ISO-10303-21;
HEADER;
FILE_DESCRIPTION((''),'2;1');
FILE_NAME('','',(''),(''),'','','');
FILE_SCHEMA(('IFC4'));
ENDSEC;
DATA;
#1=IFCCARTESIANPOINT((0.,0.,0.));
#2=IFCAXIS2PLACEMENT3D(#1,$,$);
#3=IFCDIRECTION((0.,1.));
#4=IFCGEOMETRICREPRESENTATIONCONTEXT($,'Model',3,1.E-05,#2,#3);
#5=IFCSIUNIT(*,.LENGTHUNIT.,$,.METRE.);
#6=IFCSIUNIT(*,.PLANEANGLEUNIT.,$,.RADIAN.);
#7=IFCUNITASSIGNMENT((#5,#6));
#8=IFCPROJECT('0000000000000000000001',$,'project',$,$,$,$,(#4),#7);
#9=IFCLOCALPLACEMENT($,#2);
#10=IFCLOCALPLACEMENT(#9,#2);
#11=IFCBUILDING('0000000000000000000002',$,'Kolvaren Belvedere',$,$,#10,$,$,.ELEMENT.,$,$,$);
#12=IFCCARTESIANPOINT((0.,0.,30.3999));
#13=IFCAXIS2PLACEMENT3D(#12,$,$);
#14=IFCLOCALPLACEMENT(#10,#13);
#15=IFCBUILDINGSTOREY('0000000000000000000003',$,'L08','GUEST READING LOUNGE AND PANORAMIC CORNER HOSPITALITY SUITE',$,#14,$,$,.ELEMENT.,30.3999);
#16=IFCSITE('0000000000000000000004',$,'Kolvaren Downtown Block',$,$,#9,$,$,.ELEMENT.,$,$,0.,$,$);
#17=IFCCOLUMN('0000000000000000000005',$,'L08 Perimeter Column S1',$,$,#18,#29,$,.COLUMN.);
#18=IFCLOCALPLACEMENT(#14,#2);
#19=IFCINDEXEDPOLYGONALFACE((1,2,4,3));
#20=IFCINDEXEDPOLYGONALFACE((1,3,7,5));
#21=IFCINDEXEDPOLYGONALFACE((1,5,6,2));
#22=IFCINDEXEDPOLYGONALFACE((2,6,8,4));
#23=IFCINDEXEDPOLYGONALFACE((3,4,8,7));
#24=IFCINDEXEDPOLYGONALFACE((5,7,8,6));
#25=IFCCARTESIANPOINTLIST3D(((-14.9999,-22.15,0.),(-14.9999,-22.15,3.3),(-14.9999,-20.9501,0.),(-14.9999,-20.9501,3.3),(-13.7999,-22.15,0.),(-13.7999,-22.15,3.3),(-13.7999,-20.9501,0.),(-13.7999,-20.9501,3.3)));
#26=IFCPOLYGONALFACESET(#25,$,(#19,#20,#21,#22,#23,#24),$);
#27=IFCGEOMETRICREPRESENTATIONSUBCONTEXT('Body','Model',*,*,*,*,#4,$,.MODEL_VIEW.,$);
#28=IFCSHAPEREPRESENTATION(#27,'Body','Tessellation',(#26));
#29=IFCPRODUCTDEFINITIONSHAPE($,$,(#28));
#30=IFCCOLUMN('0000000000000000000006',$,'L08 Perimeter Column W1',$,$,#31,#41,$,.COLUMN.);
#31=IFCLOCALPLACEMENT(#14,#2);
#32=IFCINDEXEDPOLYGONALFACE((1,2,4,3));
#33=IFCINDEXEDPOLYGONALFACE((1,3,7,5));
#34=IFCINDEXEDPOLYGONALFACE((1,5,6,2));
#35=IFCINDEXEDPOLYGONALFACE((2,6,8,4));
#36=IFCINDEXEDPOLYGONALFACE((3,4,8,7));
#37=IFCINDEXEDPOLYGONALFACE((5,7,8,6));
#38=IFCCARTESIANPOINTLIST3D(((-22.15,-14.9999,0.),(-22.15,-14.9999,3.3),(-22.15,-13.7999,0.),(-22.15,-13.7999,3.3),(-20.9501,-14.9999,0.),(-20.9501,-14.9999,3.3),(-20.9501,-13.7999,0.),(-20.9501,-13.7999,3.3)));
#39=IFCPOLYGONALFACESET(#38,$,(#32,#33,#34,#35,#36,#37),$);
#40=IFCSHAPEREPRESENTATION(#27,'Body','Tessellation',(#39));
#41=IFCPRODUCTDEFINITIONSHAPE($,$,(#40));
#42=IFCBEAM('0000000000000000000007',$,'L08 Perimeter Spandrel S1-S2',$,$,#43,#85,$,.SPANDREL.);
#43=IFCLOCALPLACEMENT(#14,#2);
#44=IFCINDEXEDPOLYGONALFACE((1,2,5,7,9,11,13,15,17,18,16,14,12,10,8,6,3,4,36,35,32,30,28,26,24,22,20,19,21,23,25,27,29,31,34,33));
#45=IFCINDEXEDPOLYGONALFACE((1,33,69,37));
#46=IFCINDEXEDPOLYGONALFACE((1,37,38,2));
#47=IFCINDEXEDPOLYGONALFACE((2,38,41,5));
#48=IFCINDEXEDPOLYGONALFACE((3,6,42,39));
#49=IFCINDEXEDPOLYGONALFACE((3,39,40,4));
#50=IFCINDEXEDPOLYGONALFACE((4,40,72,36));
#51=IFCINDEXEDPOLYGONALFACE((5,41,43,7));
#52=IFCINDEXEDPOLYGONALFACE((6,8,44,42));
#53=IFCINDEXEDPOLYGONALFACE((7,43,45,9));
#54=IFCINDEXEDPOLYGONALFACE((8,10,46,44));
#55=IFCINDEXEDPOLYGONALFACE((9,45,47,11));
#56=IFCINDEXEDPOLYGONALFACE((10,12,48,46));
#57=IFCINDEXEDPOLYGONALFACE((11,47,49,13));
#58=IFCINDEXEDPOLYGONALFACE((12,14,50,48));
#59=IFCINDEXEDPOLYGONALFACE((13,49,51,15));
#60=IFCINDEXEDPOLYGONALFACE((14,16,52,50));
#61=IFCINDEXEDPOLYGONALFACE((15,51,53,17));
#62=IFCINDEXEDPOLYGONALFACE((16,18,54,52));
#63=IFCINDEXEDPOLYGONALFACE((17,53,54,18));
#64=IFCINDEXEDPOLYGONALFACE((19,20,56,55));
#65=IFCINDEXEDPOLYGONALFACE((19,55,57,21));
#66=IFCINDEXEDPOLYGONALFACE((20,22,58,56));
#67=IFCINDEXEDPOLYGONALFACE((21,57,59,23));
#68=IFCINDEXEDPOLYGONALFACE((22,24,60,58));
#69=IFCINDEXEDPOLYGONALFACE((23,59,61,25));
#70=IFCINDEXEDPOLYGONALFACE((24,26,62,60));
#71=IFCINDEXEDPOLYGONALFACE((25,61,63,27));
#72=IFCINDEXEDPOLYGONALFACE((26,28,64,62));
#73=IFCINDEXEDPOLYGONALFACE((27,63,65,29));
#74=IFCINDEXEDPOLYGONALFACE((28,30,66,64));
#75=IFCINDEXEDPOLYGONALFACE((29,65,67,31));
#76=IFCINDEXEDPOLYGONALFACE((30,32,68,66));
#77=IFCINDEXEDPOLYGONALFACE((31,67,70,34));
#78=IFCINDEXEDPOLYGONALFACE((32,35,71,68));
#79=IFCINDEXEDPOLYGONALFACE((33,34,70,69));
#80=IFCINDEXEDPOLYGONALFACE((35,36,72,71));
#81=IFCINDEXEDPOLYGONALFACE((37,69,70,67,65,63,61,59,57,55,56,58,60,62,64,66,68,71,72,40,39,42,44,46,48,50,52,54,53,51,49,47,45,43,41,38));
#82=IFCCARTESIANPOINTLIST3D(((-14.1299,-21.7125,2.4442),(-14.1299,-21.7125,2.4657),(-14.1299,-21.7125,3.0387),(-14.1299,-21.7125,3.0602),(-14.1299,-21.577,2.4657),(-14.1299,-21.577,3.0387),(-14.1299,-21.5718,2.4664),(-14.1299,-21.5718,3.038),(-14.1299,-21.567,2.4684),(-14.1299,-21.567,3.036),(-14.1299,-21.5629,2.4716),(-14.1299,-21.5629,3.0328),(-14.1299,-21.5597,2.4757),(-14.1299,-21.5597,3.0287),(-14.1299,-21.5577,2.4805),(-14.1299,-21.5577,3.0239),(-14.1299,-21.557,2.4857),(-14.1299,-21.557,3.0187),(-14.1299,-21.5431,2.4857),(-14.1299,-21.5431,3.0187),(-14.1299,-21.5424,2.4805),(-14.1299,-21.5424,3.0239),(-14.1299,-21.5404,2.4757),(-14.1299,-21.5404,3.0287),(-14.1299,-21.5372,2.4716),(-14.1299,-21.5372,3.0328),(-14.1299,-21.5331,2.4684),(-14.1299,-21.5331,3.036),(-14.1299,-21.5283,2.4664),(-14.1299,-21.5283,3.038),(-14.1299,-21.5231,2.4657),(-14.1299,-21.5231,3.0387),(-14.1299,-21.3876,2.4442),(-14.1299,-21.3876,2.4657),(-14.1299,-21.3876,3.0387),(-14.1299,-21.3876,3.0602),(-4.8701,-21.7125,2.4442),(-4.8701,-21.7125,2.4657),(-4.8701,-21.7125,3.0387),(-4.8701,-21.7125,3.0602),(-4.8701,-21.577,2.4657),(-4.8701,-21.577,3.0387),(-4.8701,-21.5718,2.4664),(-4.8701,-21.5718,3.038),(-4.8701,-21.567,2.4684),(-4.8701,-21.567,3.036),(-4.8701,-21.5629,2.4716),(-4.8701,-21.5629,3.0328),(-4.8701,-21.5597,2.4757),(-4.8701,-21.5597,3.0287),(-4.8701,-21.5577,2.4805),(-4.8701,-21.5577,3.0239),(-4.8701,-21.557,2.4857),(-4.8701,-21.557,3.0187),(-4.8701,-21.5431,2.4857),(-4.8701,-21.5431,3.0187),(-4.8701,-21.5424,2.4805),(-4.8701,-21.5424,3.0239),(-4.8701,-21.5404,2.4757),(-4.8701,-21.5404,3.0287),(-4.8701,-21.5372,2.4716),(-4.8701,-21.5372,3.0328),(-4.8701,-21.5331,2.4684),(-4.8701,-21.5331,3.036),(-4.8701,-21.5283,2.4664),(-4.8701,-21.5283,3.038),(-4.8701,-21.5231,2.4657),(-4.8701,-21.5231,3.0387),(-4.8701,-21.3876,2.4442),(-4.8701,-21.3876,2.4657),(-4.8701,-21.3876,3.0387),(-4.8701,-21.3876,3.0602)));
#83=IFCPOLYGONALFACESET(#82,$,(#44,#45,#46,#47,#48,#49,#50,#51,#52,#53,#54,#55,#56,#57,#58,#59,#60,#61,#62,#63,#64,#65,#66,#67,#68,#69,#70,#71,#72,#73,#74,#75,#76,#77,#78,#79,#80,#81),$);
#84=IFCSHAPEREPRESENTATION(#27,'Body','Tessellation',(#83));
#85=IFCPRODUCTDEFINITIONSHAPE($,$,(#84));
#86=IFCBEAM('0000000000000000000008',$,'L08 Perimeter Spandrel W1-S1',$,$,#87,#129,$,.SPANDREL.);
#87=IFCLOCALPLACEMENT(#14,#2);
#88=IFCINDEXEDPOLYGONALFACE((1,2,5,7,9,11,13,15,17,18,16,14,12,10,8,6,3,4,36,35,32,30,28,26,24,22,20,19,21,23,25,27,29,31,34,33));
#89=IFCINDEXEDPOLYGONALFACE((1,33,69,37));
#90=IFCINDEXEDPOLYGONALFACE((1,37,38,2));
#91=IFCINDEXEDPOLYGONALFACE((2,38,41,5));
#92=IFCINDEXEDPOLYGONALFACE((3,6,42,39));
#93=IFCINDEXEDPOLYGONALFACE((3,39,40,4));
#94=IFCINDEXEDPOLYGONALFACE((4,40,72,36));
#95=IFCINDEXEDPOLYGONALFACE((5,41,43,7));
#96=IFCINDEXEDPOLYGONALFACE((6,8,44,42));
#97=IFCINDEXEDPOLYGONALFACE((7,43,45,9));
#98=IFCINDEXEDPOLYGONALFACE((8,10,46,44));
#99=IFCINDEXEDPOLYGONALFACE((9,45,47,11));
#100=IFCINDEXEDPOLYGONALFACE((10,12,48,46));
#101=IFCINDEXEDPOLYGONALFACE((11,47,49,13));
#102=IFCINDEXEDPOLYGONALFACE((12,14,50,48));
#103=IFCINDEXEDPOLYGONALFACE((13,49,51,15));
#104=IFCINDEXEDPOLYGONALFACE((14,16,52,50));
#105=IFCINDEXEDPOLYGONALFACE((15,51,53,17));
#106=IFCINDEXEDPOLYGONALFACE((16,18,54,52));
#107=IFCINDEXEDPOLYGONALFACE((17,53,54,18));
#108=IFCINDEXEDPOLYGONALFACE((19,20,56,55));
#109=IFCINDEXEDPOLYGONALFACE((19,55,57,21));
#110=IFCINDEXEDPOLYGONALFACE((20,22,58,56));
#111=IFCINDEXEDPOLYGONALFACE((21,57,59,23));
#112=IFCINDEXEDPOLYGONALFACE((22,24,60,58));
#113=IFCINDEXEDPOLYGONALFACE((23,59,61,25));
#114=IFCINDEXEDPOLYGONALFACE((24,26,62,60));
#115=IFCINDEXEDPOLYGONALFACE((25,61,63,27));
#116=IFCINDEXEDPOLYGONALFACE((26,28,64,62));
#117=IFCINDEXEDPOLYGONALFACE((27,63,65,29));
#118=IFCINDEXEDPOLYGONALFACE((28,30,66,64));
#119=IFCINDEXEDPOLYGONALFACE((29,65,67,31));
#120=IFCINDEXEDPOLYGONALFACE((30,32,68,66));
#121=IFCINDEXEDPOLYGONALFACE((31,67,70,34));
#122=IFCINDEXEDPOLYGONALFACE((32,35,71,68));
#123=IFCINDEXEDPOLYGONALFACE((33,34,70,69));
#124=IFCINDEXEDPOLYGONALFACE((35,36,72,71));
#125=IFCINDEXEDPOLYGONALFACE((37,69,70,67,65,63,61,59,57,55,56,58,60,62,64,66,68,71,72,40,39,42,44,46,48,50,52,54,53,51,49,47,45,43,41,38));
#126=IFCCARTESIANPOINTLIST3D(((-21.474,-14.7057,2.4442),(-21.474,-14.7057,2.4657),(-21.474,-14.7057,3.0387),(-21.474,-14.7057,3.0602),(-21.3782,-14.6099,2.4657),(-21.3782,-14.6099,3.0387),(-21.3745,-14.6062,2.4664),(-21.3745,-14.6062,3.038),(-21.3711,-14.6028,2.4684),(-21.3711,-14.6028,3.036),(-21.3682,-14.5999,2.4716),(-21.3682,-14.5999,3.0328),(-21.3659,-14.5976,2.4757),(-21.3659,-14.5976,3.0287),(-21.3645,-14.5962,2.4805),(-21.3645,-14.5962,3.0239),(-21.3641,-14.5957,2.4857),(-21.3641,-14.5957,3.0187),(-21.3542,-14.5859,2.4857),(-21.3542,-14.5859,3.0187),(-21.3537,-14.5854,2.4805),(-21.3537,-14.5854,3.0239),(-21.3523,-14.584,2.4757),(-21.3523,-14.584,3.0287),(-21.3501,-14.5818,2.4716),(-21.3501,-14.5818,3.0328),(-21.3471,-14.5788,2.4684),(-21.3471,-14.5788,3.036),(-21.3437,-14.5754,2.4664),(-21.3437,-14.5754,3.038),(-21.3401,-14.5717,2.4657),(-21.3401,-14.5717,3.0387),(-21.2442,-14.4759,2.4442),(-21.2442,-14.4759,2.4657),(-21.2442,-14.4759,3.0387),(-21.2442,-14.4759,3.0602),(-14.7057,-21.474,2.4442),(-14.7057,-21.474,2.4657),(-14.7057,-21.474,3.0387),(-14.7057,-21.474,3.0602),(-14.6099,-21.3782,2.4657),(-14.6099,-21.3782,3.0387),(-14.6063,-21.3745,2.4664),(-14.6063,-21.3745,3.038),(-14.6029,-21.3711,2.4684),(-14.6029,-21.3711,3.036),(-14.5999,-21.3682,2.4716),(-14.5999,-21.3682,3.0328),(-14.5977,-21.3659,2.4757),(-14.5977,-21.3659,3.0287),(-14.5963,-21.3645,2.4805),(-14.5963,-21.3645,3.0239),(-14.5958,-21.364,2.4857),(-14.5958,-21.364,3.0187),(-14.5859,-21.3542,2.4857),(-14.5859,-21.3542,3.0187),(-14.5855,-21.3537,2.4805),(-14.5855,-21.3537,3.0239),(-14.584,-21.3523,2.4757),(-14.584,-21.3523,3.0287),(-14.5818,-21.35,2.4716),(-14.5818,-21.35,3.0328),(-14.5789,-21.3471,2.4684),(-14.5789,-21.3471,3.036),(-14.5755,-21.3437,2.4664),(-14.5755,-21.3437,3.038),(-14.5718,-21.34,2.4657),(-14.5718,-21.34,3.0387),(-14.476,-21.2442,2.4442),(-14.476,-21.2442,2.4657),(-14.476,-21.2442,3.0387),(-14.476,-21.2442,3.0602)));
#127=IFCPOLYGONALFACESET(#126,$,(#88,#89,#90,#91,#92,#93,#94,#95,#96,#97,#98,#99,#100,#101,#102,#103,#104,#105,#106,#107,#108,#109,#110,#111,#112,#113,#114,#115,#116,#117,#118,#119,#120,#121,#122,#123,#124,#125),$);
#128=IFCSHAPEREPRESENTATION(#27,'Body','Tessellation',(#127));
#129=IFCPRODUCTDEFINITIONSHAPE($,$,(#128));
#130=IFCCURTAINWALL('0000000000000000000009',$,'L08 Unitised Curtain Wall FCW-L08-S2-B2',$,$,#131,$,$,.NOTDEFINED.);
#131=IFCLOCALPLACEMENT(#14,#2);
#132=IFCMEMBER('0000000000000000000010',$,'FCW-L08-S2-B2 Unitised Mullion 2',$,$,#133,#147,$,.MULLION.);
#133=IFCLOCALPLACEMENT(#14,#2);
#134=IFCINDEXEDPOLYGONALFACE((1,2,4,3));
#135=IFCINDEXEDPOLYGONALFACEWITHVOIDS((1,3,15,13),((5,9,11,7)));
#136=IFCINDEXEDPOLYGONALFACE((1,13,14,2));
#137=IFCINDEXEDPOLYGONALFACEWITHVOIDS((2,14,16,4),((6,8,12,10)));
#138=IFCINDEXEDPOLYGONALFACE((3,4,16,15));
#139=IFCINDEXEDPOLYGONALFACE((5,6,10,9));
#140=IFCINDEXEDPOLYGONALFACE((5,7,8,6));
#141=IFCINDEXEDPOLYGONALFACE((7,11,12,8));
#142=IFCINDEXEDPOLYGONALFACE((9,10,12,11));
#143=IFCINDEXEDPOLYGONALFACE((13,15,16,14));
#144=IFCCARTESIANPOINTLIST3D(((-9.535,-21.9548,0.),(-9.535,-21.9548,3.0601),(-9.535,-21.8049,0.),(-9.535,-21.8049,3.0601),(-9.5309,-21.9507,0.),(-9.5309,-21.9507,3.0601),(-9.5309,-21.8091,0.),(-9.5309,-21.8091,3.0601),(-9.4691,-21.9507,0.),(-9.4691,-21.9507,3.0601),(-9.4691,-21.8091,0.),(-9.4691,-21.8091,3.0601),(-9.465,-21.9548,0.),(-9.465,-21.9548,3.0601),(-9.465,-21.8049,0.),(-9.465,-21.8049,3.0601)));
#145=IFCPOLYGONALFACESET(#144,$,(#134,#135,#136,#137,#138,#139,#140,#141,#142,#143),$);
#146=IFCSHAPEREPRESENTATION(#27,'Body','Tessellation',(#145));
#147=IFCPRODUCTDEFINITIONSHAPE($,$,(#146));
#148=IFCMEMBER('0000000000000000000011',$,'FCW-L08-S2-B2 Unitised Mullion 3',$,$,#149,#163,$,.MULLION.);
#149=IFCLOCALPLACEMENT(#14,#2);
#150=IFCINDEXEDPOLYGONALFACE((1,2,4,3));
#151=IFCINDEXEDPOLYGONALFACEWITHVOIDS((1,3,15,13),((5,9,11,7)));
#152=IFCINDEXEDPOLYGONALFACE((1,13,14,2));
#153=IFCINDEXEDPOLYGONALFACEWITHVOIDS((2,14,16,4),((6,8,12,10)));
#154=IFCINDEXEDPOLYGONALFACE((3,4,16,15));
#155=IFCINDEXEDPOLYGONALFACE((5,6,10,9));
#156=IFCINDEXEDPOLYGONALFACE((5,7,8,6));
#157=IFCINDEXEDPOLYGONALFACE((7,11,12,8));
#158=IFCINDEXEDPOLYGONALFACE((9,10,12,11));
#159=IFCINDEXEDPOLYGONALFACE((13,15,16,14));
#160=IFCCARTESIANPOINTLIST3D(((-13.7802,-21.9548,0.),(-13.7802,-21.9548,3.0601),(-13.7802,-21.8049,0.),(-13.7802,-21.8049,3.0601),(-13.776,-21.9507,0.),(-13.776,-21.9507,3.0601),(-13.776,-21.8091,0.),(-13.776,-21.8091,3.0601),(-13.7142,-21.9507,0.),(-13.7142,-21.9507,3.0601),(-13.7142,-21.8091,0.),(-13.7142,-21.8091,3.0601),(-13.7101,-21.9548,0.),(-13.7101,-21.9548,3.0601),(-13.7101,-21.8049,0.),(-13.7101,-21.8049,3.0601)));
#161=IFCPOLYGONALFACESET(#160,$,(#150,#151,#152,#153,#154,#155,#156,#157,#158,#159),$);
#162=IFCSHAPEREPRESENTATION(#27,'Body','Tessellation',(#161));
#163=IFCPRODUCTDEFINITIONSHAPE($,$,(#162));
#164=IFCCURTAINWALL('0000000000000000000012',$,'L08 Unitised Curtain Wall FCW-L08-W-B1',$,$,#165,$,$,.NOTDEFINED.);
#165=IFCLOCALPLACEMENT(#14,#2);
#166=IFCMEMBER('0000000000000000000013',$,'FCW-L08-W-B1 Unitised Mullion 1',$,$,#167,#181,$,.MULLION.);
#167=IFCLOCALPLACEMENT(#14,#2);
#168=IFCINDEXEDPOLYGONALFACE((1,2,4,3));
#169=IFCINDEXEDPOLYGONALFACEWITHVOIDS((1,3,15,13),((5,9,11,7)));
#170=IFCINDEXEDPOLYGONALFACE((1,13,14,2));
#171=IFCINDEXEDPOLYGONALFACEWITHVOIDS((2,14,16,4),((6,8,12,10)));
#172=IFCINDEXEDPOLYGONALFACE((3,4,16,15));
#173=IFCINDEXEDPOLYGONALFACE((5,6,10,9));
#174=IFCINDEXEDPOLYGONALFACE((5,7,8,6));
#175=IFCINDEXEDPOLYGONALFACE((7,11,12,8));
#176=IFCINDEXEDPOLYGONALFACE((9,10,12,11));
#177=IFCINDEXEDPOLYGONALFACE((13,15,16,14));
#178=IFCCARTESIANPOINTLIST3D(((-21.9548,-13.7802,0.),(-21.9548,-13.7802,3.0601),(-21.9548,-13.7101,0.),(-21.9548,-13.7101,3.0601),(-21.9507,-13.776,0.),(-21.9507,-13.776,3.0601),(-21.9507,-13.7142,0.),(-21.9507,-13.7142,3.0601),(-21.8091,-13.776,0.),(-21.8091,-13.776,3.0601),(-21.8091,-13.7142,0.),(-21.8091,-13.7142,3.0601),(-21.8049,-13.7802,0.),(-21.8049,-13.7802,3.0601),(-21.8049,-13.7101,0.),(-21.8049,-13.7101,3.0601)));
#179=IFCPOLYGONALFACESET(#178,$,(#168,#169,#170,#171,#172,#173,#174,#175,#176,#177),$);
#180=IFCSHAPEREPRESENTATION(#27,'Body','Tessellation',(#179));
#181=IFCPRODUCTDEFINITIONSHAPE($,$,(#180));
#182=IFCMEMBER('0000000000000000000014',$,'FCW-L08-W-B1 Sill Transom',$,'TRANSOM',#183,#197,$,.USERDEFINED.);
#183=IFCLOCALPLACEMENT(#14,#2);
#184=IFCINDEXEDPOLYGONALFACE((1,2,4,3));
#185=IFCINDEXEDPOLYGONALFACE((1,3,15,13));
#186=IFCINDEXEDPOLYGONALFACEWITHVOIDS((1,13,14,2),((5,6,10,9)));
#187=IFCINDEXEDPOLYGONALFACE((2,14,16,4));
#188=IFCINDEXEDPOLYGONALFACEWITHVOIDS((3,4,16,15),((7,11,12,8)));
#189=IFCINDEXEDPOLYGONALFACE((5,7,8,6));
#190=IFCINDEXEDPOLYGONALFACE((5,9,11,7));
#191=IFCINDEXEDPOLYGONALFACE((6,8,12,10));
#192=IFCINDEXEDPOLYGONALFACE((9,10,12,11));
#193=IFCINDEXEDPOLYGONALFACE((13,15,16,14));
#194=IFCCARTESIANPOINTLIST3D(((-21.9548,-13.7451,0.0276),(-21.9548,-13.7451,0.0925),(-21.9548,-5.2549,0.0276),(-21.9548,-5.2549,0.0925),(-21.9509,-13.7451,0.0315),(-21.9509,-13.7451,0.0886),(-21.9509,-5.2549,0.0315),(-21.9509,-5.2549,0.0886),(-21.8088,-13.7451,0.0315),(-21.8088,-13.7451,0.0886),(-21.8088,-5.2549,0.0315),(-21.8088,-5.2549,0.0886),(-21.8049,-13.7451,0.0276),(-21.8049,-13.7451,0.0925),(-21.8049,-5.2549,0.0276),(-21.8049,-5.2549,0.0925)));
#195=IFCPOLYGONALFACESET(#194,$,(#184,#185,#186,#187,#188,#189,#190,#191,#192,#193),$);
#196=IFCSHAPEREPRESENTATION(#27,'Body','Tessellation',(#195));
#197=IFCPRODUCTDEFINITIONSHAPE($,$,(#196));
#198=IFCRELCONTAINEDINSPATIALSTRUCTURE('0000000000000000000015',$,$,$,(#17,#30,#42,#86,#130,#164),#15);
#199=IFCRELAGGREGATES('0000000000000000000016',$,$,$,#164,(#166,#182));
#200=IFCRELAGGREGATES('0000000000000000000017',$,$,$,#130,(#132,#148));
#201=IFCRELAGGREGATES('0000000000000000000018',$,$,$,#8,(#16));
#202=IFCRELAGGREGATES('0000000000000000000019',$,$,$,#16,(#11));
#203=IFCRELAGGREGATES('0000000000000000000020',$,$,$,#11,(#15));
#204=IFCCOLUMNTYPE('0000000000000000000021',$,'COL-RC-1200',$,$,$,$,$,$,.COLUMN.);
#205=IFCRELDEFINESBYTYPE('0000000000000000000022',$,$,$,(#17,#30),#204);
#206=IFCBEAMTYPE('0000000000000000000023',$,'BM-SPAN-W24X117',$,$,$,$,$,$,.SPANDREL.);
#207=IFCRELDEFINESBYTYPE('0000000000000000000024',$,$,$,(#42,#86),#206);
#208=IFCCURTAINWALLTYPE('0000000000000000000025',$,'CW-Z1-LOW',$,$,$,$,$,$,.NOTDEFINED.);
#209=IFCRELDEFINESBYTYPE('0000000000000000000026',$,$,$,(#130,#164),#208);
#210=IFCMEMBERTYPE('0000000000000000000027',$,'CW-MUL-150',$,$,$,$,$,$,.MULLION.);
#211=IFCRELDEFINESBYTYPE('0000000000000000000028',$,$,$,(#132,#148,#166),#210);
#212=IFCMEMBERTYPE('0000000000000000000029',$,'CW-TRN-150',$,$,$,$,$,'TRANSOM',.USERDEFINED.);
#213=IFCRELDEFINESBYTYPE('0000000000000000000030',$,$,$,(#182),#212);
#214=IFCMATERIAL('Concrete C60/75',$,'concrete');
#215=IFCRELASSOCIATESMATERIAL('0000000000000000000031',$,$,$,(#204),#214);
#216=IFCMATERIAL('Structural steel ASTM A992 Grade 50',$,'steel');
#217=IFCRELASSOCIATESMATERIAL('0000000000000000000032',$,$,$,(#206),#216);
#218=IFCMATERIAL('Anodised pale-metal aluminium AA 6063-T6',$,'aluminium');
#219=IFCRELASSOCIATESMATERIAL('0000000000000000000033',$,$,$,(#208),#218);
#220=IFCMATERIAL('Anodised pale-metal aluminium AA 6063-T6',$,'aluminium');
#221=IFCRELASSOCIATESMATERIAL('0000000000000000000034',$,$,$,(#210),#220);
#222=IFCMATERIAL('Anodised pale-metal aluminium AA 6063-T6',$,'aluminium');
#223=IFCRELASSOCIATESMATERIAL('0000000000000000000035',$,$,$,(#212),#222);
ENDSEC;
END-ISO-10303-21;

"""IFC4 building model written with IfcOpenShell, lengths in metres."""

from ifc_helpers import new_model, si_unit, direction, frame, origin, origin_2d, place, context, subcontext, project, spatial, rectangle, hollow_rectangle, i_section, extrude, material, material_profile, profile_set, type_object, element, aggregate, save


model = new_model("IFC4")

# Units and contexts
model_context = context("Model", 3, precision=1e-05, world=origin(), true_north=direction((0.0, 1.0)))
body_context = subcontext(model_context, "Body", "Model", "MODEL_VIEW")
ifc_project = project(units=[si_unit("LENGTHUNIT", "METRE"), si_unit("PLANEANGLEUNIT", "RADIAN")], contexts=[model_context])

# Site, building, storey
site_placement = place(None, origin())
site = spatial("IfcSite", under=ifc_project, at=site_placement, Name="Kolvaren Downtown Block", CompositionType="ELEMENT", RefElevation=0.0)
building_placement = place(site_placement, origin())
building = spatial("IfcBuilding", under=site, at=building_placement, Name="Kolvaren Belvedere", CompositionType="ELEMENT")
storey_placement = place(building_placement, frame((0.0, 0.0, 30.3999)))
storey = spatial("IfcBuildingStorey", under=building, at=storey_placement, Name="L08", Description="GUEST READING LOUNGE AND PANORAMIC CORNER HOSPITALITY SUITE", CompositionType="ELEMENT", Elevation=30.3999)

# Columns
ifc_material_1 = material(Name="Concrete C60/75", Category="concrete")
ifc_material_profile_1 = material_profile(ifc_material_1, rectangle(XDim=1.2, YDim=1.2, at=origin_2d()), Name="RC 1200X1200")
ifc_profile_set_1 = profile_set([ifc_material_profile_1], Name="Concrete C60/75")
column_type = type_object("IfcColumnType", Name="COL-RC-1200", PredefinedType="COLUMN", material=ifc_profile_set_1)
for number, where, z_axis, x_axis, name in (
    (1, (-14.3999, -21.55, 0.0), (0.0, 0.0, 1.0), (1.0, 0.0, 0.0), "L08 Perimeter Column S1"),
    (2, (-21.55, -14.3999, 0.0), (0.0, 0.0, 1.0), (1.0, 0.0, 0.0), "L08 Perimeter Column W1"),
):
    element("IfcColumn", number, at=place(storey_placement, frame(where, z_axis=z_axis, x_axis=x_axis)), inside=storey, type_object=column_type, Name=name, PredefinedType="COLUMN", context=body_context, shape_type="SweptSolid", body=[
        extrude(rectangle(XDim=1.2, YDim=1.2, at=origin_2d()), origin(), (0.0, 0.0, 1.0), 3.3),
    ])

# Beams
ifc_material_2 = material(Name="Structural steel ASTM A992 Grade 50", Category="steel")
ifc_material_profile_2 = material_profile(ifc_material_2, i_section(OverallWidth=0.325, OverallDepth=0.616, WebThickness=0.0139, FlangeThickness=0.0215, FilletRadius=0.02, at=origin_2d()), Name="W24X117")
ifc_profile_set_2 = profile_set([ifc_material_profile_2], Name="Structural steel ASTM A992 Grade 50")
beam_type = type_object("IfcBeamType", Name="BM-SPAN-W24X117", PredefinedType="SPANDREL", material=ifc_profile_set_2)
beam_1_placement = place(storey_placement, frame((-14.1299, -21.55, 2.7522), z_axis=(1.0, 0.0, 0.0), x_axis=(0.0, 1.0, 0.0)))
element("IfcBeam", 3, at=beam_1_placement, inside=storey, type_object=beam_type, Name="L08 Perimeter Spandrel S1-S2", PredefinedType="SPANDREL", context=body_context, shape_type="SweptSolid", body=[
    extrude(i_section(OverallWidth=0.325, OverallDepth=0.616, WebThickness=0.0139, FlangeThickness=0.0215, FilletRadius=0.02, at=origin_2d()), origin(), (0.0, 0.0, 1.0), 9.2598),
])
beam_2_placement = place(storey_placement, frame((-21.3591, -14.5908, 2.7522), z_axis=(0.707107, -0.707107, 0.0), x_axis=(0.707107, 0.707107, 0.0)))
element("IfcBeam", 4, at=beam_2_placement, inside=storey, type_object=beam_type, Name="L08 Perimeter Spandrel W1-S1", PredefinedType="SPANDREL", context=body_context, shape_type="SweptSolid", body=[
    extrude(i_section(OverallWidth=0.325, OverallDepth=0.616, WebThickness=0.0139, FlangeThickness=0.0215, FilletRadius=0.02, at=origin_2d()), origin(), (0.0, 0.0, 1.0), 9.5718),
])

# Curtain walls, members
ifc_material_3 = material(Name="Anodised pale-metal aluminium AA 6063-T6", Category="aluminium")
curtain_wall_type = type_object("IfcCurtainWallType", Name="CW-Z1-LOW", PredefinedType="NOTDEFINED", material=ifc_material_3)
curtain_wall_1_placement = place(storey_placement, origin())
curtain_wall_1 = element("IfcCurtainWall", 5, at=curtain_wall_1_placement, inside=storey, type_object=curtain_wall_type, Name="L08 Unitised Curtain Wall FCW-L08-S2-B2", PredefinedType="NOTDEFINED")
ifc_material_4 = material(Name="Anodised pale-metal aluminium AA 6063-T6", Category="aluminium")
ifc_material_profile_3 = material_profile(ifc_material_4, hollow_rectangle(XDim=0.0701, YDim=0.1499, WallThickness=0.0042, at=origin_2d()), Name="ALU-MUL-150X70")
ifc_profile_set_3 = profile_set([ifc_material_profile_3], Name="Anodised pale-metal aluminium AA 6063-T6")
member_type_1 = type_object("IfcMemberType", Name="CW-MUL-150", PredefinedType="MULLION", material=ifc_profile_set_3)
member_1_placement = place(storey_placement, frame((-9.5, -21.8799, 0.0), z_axis=(0.0, 0.0, 1.0), x_axis=(1.0, 0.0, 0.0)))
member_1 = element("IfcMember", 6, at=member_1_placement, type_object=member_type_1, Name="FCW-L08-S2-B2 Unitised Mullion 2", PredefinedType="MULLION", context=body_context, shape_type="SweptSolid", body=[
    extrude(hollow_rectangle(XDim=0.0701, YDim=0.1499, WallThickness=0.0042, at=origin_2d()), origin(), (0.0, 0.0, 1.0), 3.0601),
])
member_2_placement = place(storey_placement, frame((-13.7451, -21.8799, 0.0), z_axis=(0.0, 0.0, 1.0), x_axis=(1.0, 0.0, 0.0)))
member_2 = element("IfcMember", 7, at=member_2_placement, type_object=member_type_1, Name="FCW-L08-S2-B2 Unitised Mullion 3", PredefinedType="MULLION", context=body_context, shape_type="SweptSolid", body=[
    extrude(hollow_rectangle(XDim=0.0701, YDim=0.1499, WallThickness=0.0042, at=origin_2d()), origin(), (0.0, 0.0, 1.0), 3.0601),
])
curtain_wall_2_placement = place(storey_placement, origin())
curtain_wall_2 = element("IfcCurtainWall", 8, at=curtain_wall_2_placement, inside=storey, type_object=curtain_wall_type, Name="L08 Unitised Curtain Wall FCW-L08-W-B1", PredefinedType="NOTDEFINED")
member_3_placement = place(storey_placement, frame((-21.8799, -13.7451, 0.0), z_axis=(0.0, 0.0, 1.0), x_axis=(0.0, 1.0, 0.0)))
member_3 = element("IfcMember", 9, at=member_3_placement, type_object=member_type_1, Name="FCW-L08-W-B1 Unitised Mullion 1", PredefinedType="MULLION", context=body_context, shape_type="SweptSolid", body=[
    extrude(hollow_rectangle(XDim=0.0701, YDim=0.1499, WallThickness=0.0042, at=origin_2d()), origin(), (0.0, 0.0, 1.0), 3.0601),
])
ifc_material_5 = material(Name="Anodised pale-metal aluminium AA 6063-T6", Category="aluminium")
ifc_material_profile_4 = material_profile(ifc_material_5, hollow_rectangle(XDim=0.0649, YDim=0.1499, WallThickness=0.0039, at=origin_2d()), Name="ALU-TRN-150X65")
ifc_profile_set_4 = profile_set([ifc_material_profile_4], Name="Anodised pale-metal aluminium AA 6063-T6")
member_type_2 = type_object("IfcMemberType", Name="CW-TRN-150", ElementType="TRANSOM", PredefinedType="USERDEFINED", material=ifc_profile_set_4)
member_4_placement = place(storey_placement, frame((-21.8799, -13.7451, 0.0601), z_axis=(0.0, 1.0, 0.0), x_axis=(0.0, 0.0, 1.0)))
member_4 = element("IfcMember", 10, at=member_4_placement, type_object=member_type_2, Name="FCW-L08-W-B1 Sill Transom", ObjectType="TRANSOM", PredefinedType="USERDEFINED", context=body_context, shape_type="SweptSolid", body=[
    extrude(hollow_rectangle(XDim=0.0649, YDim=0.1499, WallThickness=0.0039, at=origin_2d()), origin(), (0.0, 0.0, 1.0), 8.4902),
])
aggregate(curtain_wall_2, [member_3, member_4])

aggregate(curtain_wall_1, [member_1, member_2])

save(model, "model.ifc")
